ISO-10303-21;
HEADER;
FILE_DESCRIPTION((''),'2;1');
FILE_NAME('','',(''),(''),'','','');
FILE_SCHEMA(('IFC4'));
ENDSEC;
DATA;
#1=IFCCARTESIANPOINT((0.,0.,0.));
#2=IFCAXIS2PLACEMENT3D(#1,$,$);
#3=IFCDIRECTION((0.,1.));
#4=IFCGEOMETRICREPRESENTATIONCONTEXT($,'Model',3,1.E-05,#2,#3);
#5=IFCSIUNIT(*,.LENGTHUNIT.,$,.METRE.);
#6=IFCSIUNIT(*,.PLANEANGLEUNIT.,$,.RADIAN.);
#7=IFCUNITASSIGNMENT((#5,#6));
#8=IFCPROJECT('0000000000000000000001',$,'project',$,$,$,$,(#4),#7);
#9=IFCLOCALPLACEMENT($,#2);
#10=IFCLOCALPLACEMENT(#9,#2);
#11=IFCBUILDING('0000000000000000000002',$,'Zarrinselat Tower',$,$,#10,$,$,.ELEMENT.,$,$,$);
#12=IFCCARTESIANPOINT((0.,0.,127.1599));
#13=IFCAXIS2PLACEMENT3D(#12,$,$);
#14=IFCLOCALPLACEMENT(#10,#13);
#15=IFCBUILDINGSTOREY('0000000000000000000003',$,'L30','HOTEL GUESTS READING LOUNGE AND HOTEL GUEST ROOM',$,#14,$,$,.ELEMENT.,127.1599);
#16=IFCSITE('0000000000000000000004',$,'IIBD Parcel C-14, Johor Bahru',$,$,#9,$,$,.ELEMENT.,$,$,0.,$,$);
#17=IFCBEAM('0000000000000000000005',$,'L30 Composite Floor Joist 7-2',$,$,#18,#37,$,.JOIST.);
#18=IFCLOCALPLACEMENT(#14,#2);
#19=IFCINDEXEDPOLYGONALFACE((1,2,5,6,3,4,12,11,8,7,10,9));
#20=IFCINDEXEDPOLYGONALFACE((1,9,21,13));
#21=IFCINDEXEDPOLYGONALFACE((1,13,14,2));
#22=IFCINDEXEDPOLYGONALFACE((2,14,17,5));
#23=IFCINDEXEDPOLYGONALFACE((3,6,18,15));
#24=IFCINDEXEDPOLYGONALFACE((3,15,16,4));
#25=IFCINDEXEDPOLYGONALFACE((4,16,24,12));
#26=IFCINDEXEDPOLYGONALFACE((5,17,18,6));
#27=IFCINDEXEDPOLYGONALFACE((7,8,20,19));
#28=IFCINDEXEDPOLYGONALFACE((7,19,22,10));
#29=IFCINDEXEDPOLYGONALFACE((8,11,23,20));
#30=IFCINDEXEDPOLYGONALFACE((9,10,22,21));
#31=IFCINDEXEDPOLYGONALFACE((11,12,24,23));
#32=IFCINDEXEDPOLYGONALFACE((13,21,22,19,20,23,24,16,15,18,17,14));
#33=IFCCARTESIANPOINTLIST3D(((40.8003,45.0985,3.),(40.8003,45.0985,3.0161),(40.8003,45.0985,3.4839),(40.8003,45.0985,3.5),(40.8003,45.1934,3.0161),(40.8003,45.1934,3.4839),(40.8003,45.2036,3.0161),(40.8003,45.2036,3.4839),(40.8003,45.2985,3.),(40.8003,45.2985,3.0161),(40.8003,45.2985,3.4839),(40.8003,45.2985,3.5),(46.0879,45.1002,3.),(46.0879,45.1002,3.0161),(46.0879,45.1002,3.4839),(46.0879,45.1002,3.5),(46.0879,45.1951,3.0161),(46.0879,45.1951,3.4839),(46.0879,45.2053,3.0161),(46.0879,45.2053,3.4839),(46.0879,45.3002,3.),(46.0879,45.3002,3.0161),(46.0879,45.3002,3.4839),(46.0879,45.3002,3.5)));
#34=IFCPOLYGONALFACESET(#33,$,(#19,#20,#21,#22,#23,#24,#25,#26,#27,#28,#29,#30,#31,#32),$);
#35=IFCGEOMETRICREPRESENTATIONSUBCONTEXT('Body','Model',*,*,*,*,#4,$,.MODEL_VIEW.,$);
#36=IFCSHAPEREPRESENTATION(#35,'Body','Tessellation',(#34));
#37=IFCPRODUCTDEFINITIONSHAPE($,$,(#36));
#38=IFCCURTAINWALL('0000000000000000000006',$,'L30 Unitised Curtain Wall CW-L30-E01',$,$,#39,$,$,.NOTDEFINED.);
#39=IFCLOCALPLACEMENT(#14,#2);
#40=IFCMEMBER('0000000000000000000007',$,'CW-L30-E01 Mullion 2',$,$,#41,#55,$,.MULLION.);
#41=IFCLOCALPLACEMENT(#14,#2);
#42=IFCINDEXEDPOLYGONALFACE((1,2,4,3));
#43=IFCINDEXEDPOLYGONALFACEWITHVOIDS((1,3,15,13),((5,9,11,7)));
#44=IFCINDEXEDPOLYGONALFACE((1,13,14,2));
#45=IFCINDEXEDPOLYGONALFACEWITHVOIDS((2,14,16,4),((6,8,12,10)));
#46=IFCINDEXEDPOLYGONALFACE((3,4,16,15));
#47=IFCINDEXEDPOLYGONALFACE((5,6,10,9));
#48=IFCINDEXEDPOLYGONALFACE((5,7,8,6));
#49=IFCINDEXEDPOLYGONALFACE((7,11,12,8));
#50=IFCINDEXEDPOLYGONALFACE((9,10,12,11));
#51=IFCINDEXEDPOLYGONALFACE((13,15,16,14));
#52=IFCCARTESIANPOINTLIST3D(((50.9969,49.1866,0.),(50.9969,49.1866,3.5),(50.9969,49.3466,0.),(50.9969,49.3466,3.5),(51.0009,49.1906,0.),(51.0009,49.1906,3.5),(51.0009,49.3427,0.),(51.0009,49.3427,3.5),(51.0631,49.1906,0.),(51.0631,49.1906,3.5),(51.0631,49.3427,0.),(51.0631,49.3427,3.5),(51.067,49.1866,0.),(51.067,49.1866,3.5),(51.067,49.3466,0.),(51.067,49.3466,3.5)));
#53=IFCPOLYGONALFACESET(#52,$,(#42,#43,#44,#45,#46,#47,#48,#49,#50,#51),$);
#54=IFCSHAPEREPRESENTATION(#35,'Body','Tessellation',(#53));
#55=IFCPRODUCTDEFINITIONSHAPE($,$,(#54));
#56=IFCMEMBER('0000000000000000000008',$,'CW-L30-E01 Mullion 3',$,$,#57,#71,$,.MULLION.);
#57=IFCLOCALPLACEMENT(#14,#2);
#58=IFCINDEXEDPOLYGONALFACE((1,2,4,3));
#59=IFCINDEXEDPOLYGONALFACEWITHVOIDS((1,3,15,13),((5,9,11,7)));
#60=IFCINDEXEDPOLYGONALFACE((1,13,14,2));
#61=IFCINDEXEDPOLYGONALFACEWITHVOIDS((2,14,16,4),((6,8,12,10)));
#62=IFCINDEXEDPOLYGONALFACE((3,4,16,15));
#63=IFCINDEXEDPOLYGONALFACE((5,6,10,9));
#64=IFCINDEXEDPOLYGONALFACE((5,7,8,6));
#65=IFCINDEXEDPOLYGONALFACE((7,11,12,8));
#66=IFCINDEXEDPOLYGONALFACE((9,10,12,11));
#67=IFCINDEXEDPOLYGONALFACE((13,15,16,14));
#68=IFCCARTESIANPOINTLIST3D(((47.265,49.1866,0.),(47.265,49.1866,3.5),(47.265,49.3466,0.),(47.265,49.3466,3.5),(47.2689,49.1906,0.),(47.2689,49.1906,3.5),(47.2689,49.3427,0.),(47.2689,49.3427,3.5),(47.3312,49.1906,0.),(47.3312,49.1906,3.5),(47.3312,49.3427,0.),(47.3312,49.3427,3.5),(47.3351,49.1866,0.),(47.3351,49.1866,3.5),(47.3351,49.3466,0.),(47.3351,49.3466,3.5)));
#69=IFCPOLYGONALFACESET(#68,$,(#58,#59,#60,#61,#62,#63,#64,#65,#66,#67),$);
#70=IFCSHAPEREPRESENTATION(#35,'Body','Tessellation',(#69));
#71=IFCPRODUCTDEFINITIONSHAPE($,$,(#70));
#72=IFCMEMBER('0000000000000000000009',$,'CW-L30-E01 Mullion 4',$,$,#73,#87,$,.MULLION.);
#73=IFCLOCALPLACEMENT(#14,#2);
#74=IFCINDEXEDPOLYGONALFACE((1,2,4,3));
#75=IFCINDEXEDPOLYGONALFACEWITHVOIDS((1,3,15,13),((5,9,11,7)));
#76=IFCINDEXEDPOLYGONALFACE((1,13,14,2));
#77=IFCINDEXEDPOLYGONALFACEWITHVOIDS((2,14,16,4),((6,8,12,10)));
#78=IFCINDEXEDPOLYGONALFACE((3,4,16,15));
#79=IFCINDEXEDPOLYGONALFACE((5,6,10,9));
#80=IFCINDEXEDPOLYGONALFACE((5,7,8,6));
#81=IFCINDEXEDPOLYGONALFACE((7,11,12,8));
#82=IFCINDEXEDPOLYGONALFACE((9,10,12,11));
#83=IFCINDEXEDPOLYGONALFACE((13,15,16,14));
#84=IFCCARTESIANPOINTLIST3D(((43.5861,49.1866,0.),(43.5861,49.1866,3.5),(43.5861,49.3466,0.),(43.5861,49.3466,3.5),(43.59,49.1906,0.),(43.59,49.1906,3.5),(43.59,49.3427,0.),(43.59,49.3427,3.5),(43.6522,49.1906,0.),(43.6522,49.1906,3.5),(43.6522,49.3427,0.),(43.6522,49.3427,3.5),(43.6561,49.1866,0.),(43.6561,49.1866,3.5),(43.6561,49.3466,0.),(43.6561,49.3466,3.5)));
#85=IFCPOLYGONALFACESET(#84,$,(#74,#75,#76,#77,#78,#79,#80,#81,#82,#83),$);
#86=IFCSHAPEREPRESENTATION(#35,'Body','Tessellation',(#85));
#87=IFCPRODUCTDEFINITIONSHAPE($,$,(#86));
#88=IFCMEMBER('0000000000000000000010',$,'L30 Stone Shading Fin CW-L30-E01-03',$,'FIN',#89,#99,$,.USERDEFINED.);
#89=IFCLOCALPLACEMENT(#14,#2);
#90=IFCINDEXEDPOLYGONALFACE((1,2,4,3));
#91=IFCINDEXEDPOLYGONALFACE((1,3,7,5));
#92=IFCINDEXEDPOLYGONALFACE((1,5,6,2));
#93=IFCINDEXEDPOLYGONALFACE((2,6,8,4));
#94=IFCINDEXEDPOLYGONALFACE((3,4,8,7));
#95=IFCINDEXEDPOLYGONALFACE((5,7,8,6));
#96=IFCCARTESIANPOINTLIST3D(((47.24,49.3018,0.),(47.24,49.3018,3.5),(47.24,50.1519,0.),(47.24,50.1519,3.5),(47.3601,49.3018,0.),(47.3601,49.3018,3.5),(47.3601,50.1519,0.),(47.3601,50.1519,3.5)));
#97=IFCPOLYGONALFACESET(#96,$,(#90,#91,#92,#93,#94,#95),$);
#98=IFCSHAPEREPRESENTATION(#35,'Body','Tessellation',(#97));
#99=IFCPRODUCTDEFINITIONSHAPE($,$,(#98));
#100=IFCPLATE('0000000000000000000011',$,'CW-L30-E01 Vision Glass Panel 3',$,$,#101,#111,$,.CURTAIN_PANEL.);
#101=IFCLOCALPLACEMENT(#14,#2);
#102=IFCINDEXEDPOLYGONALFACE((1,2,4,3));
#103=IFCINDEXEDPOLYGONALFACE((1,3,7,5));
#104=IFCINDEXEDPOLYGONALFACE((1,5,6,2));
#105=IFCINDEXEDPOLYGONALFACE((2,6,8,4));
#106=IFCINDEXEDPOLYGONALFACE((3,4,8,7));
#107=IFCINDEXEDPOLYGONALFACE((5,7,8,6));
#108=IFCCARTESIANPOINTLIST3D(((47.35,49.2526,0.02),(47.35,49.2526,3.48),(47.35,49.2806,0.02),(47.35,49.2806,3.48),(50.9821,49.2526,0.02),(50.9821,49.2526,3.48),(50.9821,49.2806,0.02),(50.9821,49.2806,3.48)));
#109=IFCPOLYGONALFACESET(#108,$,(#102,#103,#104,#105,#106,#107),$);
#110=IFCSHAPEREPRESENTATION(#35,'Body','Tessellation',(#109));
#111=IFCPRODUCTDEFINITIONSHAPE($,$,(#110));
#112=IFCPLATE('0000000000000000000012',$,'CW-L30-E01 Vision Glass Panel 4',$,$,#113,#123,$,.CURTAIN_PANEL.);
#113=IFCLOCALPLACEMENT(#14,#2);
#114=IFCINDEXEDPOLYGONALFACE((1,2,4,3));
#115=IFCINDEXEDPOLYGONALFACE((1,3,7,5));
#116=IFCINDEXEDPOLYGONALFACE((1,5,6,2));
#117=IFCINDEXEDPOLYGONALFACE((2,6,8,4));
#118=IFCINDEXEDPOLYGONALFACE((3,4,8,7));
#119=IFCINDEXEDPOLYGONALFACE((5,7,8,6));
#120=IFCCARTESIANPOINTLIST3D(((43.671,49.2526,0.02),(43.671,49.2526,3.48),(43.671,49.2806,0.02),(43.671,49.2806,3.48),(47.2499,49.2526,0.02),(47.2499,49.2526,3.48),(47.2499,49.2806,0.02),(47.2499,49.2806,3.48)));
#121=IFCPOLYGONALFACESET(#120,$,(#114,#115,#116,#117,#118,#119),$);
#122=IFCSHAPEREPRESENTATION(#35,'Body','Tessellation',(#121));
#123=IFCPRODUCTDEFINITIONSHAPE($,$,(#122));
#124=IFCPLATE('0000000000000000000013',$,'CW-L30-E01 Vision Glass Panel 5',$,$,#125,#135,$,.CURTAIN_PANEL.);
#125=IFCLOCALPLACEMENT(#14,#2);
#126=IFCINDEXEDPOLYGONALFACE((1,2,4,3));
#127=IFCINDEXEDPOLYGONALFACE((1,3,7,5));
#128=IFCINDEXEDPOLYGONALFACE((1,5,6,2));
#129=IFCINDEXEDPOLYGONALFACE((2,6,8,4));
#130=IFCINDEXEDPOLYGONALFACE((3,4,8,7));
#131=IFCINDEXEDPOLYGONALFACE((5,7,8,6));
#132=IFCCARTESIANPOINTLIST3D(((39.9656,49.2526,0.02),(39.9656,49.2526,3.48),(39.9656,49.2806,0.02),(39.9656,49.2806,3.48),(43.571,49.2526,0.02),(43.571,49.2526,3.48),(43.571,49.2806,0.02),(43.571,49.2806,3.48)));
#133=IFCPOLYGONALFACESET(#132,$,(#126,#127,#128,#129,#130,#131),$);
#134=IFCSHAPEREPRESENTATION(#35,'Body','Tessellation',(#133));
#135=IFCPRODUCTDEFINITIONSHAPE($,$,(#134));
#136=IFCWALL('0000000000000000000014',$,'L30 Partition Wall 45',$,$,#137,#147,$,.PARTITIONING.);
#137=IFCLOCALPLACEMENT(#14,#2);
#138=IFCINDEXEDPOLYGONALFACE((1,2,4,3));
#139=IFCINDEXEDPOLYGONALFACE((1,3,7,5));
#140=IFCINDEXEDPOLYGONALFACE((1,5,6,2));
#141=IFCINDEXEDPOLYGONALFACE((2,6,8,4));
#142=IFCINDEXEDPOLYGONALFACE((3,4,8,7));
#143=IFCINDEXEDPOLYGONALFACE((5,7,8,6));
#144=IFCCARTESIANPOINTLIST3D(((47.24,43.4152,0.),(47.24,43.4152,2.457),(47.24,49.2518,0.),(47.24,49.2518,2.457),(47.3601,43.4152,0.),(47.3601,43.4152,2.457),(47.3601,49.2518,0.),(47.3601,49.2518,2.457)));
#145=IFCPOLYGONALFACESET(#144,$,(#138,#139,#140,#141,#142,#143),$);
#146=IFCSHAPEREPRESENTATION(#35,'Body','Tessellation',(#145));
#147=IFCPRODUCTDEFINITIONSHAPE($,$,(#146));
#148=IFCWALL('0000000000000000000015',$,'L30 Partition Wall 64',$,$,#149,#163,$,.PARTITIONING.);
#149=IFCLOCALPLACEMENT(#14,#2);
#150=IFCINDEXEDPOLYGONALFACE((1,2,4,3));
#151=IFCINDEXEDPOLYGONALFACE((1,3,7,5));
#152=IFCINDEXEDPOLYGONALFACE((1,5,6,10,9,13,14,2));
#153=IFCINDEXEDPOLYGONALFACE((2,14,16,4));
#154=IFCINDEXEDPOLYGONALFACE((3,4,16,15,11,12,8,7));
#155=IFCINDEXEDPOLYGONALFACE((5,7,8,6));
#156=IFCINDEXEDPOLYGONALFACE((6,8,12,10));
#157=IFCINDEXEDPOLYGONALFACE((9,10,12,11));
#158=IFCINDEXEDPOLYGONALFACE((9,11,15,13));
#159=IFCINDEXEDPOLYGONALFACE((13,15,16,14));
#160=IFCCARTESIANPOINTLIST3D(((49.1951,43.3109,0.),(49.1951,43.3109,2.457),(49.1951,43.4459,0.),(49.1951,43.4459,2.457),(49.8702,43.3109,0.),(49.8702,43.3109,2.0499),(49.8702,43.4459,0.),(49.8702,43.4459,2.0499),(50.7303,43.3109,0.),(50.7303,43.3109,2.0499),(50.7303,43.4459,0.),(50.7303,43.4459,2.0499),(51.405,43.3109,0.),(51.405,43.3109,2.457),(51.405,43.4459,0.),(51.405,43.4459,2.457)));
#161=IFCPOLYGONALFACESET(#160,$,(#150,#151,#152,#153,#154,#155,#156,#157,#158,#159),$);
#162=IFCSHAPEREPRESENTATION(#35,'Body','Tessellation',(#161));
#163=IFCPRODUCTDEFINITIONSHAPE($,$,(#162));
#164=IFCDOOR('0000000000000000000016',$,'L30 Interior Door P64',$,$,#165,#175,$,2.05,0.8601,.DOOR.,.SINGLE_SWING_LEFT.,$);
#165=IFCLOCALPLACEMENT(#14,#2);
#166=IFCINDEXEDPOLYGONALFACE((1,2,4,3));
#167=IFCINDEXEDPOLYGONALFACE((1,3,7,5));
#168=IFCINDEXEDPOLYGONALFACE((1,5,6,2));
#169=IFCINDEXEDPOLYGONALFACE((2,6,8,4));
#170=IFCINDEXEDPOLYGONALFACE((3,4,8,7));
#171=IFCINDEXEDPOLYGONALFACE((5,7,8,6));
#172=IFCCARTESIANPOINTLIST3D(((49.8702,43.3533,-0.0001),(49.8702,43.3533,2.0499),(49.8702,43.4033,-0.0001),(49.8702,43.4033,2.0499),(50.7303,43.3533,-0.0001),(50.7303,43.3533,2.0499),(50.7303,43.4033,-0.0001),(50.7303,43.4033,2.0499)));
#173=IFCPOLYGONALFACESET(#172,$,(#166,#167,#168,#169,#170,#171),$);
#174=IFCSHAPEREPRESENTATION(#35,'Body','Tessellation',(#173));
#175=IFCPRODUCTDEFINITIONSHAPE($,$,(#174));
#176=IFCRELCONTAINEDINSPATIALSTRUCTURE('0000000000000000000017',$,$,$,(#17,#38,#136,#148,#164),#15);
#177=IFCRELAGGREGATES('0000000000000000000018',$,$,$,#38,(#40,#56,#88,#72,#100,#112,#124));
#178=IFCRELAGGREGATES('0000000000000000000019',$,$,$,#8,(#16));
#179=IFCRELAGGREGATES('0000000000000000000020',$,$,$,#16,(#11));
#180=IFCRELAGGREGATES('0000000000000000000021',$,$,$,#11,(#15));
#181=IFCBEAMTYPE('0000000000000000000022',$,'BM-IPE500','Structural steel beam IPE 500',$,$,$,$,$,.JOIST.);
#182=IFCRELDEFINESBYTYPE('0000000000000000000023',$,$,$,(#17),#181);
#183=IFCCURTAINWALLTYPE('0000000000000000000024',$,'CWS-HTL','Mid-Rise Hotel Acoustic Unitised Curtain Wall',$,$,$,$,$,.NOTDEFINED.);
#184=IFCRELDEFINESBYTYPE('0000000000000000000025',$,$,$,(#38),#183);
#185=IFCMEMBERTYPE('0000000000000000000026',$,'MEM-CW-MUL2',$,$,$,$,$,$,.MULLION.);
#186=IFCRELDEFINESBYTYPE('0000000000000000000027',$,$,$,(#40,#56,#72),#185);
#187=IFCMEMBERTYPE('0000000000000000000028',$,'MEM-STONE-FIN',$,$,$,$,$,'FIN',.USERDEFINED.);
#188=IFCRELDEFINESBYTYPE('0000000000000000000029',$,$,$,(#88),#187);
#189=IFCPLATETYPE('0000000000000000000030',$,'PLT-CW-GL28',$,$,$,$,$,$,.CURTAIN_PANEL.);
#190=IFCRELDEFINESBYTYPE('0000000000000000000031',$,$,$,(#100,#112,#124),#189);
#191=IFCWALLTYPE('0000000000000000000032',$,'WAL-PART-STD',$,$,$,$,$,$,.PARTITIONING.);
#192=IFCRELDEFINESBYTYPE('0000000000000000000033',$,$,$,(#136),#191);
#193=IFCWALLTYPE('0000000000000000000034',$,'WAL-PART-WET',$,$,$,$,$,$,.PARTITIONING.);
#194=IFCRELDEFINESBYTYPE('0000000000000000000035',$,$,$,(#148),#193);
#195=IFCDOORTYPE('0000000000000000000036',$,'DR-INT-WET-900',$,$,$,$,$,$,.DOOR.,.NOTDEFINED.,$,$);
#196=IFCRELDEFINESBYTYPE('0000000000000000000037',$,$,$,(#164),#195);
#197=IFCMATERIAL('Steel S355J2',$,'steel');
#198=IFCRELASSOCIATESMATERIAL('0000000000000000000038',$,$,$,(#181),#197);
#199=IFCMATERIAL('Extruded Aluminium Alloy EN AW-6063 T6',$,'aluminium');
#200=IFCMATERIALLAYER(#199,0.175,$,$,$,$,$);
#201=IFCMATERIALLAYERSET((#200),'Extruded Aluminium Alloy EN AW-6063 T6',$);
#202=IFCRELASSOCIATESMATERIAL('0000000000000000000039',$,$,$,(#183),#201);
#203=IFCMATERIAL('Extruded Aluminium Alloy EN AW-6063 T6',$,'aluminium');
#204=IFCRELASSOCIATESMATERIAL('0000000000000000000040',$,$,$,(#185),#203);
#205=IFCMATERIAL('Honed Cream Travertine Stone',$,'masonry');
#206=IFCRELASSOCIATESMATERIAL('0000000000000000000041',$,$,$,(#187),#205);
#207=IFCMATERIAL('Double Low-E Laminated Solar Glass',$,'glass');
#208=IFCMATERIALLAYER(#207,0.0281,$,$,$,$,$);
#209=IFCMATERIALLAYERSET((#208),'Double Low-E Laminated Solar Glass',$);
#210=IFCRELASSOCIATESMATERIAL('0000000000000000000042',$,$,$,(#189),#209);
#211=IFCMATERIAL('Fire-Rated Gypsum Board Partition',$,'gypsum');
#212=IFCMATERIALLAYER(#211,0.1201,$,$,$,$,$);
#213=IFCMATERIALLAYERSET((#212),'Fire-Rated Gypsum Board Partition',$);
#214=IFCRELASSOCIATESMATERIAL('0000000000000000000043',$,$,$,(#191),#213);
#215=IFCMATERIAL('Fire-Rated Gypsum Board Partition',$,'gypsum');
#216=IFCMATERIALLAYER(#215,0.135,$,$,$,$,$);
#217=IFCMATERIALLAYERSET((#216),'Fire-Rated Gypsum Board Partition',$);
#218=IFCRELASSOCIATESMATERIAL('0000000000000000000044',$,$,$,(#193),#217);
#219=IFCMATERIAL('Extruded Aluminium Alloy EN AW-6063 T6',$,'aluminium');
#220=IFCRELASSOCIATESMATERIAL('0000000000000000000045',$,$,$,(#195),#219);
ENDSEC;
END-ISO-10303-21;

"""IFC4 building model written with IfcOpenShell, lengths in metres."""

from ifc_helpers import new_model, si_unit, direction, frame, frame_2d, origin, origin_2d, place, context, subcontext, project, spatial, rectangle, hollow_rectangle, i_section, extrude, material, layer, layer_set, material_profile, profile_set, type_object, element, fill, aggregate, save


model = new_model("IFC4")

# Units and contexts
model_context = context("Model", 3, precision=1e-05, world=origin(), true_north=direction((0.0, 1.0)))
body_context = subcontext(model_context, "Body", "Model", "MODEL_VIEW")
ifc_project = project(units=[si_unit("LENGTHUNIT", "METRE"), si_unit("PLANEANGLEUNIT", "RADIAN")], contexts=[model_context])

# Site, building, storey
site_placement = place(None, origin())
site = spatial("IfcSite", under=ifc_project, at=site_placement, Name="IIBD Parcel C-14, Johor Bahru", CompositionType="ELEMENT", RefElevation=0.0)
building_placement = place(site_placement, origin())
building = spatial("IfcBuilding", under=site, at=building_placement, Name="Zarrinselat Tower", CompositionType="ELEMENT")
storey_placement = place(building_placement, frame((0.0, 0.0, 127.1599)))
storey = spatial("IfcBuildingStorey", under=building, at=storey_placement, Name="L30", Description="HOTEL GUESTS READING LOUNGE AND HOTEL GUEST ROOM", CompositionType="ELEMENT", Elevation=127.1599)

# Beam
ifc_material_1 = material(Name="Steel S355J2", Category="steel")
ifc_material_profile_1 = material_profile(ifc_material_1, i_section(OverallWidth=0.2, OverallDepth=0.5, WebThickness=0.0103, FlangeThickness=0.0161, at=origin_2d()), Name="IPE 500")
ifc_profile_set_1 = profile_set([ifc_material_profile_1], Name="Steel S355J2")
beam_type_1 = type_object("IfcBeamType", Name="BM-IPE500", Description="Structural steel beam IPE 500", PredefinedType="JOIST", material=ifc_profile_set_1)
beam_1_placement = place(storey_placement, frame((40.8003, 45.1985, 3.25), z_axis=(1.0, 0.000323, 0.0), x_axis=(-0.000323, 1.0, 0.0)))
element("IfcBeam", 1, at=beam_1_placement, inside=storey, type_object=beam_type_1, Name="L30 Composite Floor Joist 7-2", PredefinedType="JOIST", context=body_context, shape_type="SweptSolid", body=[
    extrude(i_section(OverallWidth=0.2, OverallDepth=0.5, WebThickness=0.0103, FlangeThickness=0.0161, at=origin_2d()), origin(), (0.0, 0.0, 1.0), 5.2876),
])

# Curtain wall, members, plates
ifc_material_2 = material(Name="Extruded Aluminium Alloy EN AW-6063 T6", Category="aluminium")
ifc_layer_1 = layer(ifc_material_2, 0.175)
ifc_layer_set_1 = layer_set([ifc_layer_1], Name="Extruded Aluminium Alloy EN AW-6063 T6")
curtain_wall_type = type_object("IfcCurtainWallType", Name="CWS-HTL", Description="Mid-Rise Hotel Acoustic Unitised Curtain Wall", PredefinedType="NOTDEFINED", material=ifc_layer_set_1)
curtain_wall_placement = place(storey_placement, origin())
curtain_wall = element("IfcCurtainWall", 2, at=curtain_wall_placement, inside=storey, type_object=curtain_wall_type, Name="L30 Unitised Curtain Wall CW-L30-E01", PredefinedType="NOTDEFINED")
ifc_material_3 = material(Name="Extruded Aluminium Alloy EN AW-6063 T6", Category="aluminium")
ifc_material_profile_2 = material_profile(ifc_material_3, hollow_rectangle(XDim=0.0701, YDim=0.1599, WallThickness=0.0039, at=origin_2d()), Name="RHS 160x70x4")
ifc_profile_set_2 = profile_set([ifc_material_profile_2], Name="Extruded Aluminium Alloy EN AW-6063 T6")
member_type_1 = type_object("IfcMemberType", Name="MEM-CW-MUL2", PredefinedType="MULLION", material=ifc_profile_set_2)
member_1_placement = place(storey_placement, frame((51.032, 49.2666, 0.0), z_axis=(0.0, 0.0, 1.0), x_axis=(-1.0, 0.0, 0.0)))
member_1 = element("IfcMember", 3, at=member_1_placement, type_object=member_type_1, Name="CW-L30-E01 Mullion 2", PredefinedType="MULLION", context=body_context, shape_type="SweptSolid", body=[
    extrude(hollow_rectangle(XDim=0.0701, YDim=0.1599, WallThickness=0.0039, at=origin_2d()), origin(), (0.0, 0.0, 1.0), 3.5),
])
member_2_placement = place(storey_placement, frame((47.3, 49.2666, 0.0), z_axis=(0.0, 0.0, 1.0), x_axis=(-1.0, 0.0, 0.0)))
member_2 = element("IfcMember", 4, at=member_2_placement, type_object=member_type_1, Name="CW-L30-E01 Mullion 3", PredefinedType="MULLION", context=body_context, shape_type="SweptSolid", body=[
    extrude(hollow_rectangle(XDim=0.0701, YDim=0.1599, WallThickness=0.0039, at=origin_2d()), origin(), (0.0, 0.0, 1.0), 3.5),
])
member_3_placement = place(storey_placement, frame((43.6211, 49.2666, 0.0), z_axis=(0.0, 0.0, 1.0), x_axis=(-1.0, 0.0, 0.0)))
member_3 = element("IfcMember", 5, at=member_3_placement, type_object=member_type_1, Name="CW-L30-E01 Mullion 4", PredefinedType="MULLION", context=body_context, shape_type="SweptSolid", body=[
    extrude(hollow_rectangle(XDim=0.0701, YDim=0.1599, WallThickness=0.0039, at=origin_2d()), origin(), (0.0, 0.0, 1.0), 3.5),
])
ifc_material_4 = material(Name="Honed Cream Travertine Stone", Category="masonry")
ifc_material_profile_3 = material_profile(ifc_material_4, rectangle(XDim=0.1201, YDim=0.8501, at=origin_2d()), Name="FIN 850x120")
ifc_profile_set_3 = profile_set([ifc_material_profile_3], Name="Honed Cream Travertine Stone")
member_type_2 = type_object("IfcMemberType", Name="MEM-STONE-FIN", ElementType="FIN", PredefinedType="USERDEFINED", material=ifc_profile_set_3)
member_4_placement = place(storey_placement, frame((47.3, 49.7268, 0.0), z_axis=(0.0, 0.0, 1.0), x_axis=(1.0, 0.0, 0.0)))
member_4 = element("IfcMember", 6, at=member_4_placement, type_object=member_type_2, Name="L30 Stone Shading Fin CW-L30-E01-03", ObjectType="FIN", PredefinedType="USERDEFINED", context=body_context, shape_type="SweptSolid", body=[
    extrude(rectangle(XDim=0.1201, YDim=0.8501, at=origin_2d()), origin(), (0.0, 0.0, 1.0), 3.5),
])
ifc_material_5 = material(Name="Double Low-E Laminated Solar Glass", Category="glass")
ifc_layer_2 = layer(ifc_material_5, 0.0281)
ifc_layer_set_2 = layer_set([ifc_layer_2], Name="Double Low-E Laminated Solar Glass")
plate_type = type_object("IfcPlateType", Name="PLT-CW-GL28", PredefinedType="CURTAIN_PANEL", material=ifc_layer_set_2)
plate_1_placement = place(storey_placement, frame((49.166, 49.2666, 0.02), z_axis=(0.0, 0.0, 1.0), x_axis=(-1.0, 0.0, 0.0)))
plate_1 = element("IfcPlate", 7, at=plate_1_placement, type_object=plate_type, Name="CW-L30-E01 Vision Glass Panel 3", PredefinedType="CURTAIN_PANEL", context=body_context, shape_type="SweptSolid", body=[
    extrude(rectangle(XDim=3.6321, YDim=0.0281, at=origin_2d()), origin(), (0.0, 0.0, 1.0), 3.46),
])
plate_2_placement = place(storey_placement, frame((45.4604, 49.2666, 0.02), z_axis=(0.0, 0.0, 1.0), x_axis=(-1.0, 0.0, 0.0)))
plate_2 = element("IfcPlate", 8, at=plate_2_placement, type_object=plate_type, Name="CW-L30-E01 Vision Glass Panel 4", PredefinedType="CURTAIN_PANEL", context=body_context, shape_type="SweptSolid", body=[
    extrude(rectangle(XDim=3.5789, YDim=0.0281, at=origin_2d()), origin(), (0.0, 0.0, 1.0), 3.46),
])
plate_3_placement = place(storey_placement, frame((41.7683, 49.2666, 0.02), z_axis=(0.0, 0.0, 1.0), x_axis=(-1.0, 0.0, 0.0)))
plate_3 = element("IfcPlate", 9, at=plate_3_placement, type_object=plate_type, Name="CW-L30-E01 Vision Glass Panel 5", PredefinedType="CURTAIN_PANEL", context=body_context, shape_type="SweptSolid", body=[
    extrude(rectangle(XDim=3.6055, YDim=0.0281, at=origin_2d()), origin(), (0.0, 0.0, 1.0), 3.46),
])
aggregate(curtain_wall, [member_1, member_2, member_4, member_3, plate_1, plate_2, plate_3])

# Wall
ifc_material_6 = material(Name="Fire-Rated Gypsum Board Partition", Category="gypsum")
ifc_layer_3 = layer(ifc_material_6, 0.1201)
ifc_layer_set_3 = layer_set([ifc_layer_3], Name="Fire-Rated Gypsum Board Partition")
wall_type_1 = type_object("IfcWallType", Name="WAL-PART-STD", PredefinedType="PARTITIONING", material=ifc_layer_set_3)
wall_1_placement = place(storey_placement, frame((47.3, 43.415, 0.0), z_axis=(0.0, 0.0, 1.0), x_axis=(0.0, 1.0, 0.0)))
element("IfcWall", 10, at=wall_1_placement, inside=storey, type_object=wall_type_1, Name="L30 Partition Wall 45", PredefinedType="PARTITIONING", context=body_context, shape_type="SweptSolid", body=[
    extrude(rectangle(XDim=5.8367, YDim=0.1201, at=frame_2d((2.9185, 0.0))), origin(), (0.0, 0.0, 1.0), 2.457),
])

# Wall, opening, door
ifc_material_7 = material(Name="Fire-Rated Gypsum Board Partition", Category="gypsum")
ifc_layer_4 = layer(ifc_material_7, 0.135)
ifc_layer_set_4 = layer_set([ifc_layer_4], Name="Fire-Rated Gypsum Board Partition")
wall_type_2 = type_object("IfcWallType", Name="WAL-PART-WET", PredefinedType="PARTITIONING", material=ifc_layer_set_4)
wall_2_placement = place(storey_placement, frame((49.1951, 43.3784, 0.0), z_axis=(0.0, 0.0, 1.0), x_axis=(1.0, 0.0, 0.0)))
wall_2 = element("IfcWall", 11, at=wall_2_placement, inside=storey, type_object=wall_type_2, Name="L30 Partition Wall 64", PredefinedType="PARTITIONING", context=body_context, shape_type="SweptSolid", body=[
    extrude(rectangle(XDim=2.21, YDim=0.135, at=frame_2d((1.105, 0.0))), origin(), (0.0, 0.0, 1.0), 2.457),
])
opening_placement = place(wall_2_placement, frame((0.675, 0.0, 0.0)))
opening = element("IfcOpeningElement", 12, at=opening_placement, cuts=wall_2, PredefinedType="OPENING", context=body_context, shape_type="SweptSolid", body=[
    extrude(rectangle(XDim=0.8601, YDim=2.05, at=frame_2d((0.4302, 1.0249))), frame((0.0, 0.0774, 0.0), z_axis=(0.0, -1.0, 0.0), x_axis=(1.0, 0.0, 0.0)), (0.0, 0.0, 1.0), 0.155),
])
ifc_material_8 = material(Name="Extruded Aluminium Alloy EN AW-6063 T6", Category="aluminium")
door_type = type_object("IfcDoorType", Name="DR-INT-WET-900", OperationType="NOTDEFINED", PredefinedType="DOOR", material=ifc_material_8)
door_placement = place(opening_placement, origin())
door = element("IfcDoor", 13, at=door_placement, inside=storey, type_object=door_type, Name="L30 Interior Door P64", OperationType="SINGLE_SWING_LEFT", OverallHeight=2.05, OverallWidth=0.8601, PredefinedType="DOOR", context=body_context, shape_type="SweptSolid", body=[
    extrude(rectangle(XDim=0.8601, YDim=2.05, at=frame_2d((0.4302, 1.0249))), frame((0.0, 0.0249, 0.0), z_axis=(0.0, -1.0, 0.0), x_axis=(1.0, 0.0, 0.0)), (0.0, 0.0, 1.0), 0.05),
])
fill(opening, door)

save(model, "model.ifc")
